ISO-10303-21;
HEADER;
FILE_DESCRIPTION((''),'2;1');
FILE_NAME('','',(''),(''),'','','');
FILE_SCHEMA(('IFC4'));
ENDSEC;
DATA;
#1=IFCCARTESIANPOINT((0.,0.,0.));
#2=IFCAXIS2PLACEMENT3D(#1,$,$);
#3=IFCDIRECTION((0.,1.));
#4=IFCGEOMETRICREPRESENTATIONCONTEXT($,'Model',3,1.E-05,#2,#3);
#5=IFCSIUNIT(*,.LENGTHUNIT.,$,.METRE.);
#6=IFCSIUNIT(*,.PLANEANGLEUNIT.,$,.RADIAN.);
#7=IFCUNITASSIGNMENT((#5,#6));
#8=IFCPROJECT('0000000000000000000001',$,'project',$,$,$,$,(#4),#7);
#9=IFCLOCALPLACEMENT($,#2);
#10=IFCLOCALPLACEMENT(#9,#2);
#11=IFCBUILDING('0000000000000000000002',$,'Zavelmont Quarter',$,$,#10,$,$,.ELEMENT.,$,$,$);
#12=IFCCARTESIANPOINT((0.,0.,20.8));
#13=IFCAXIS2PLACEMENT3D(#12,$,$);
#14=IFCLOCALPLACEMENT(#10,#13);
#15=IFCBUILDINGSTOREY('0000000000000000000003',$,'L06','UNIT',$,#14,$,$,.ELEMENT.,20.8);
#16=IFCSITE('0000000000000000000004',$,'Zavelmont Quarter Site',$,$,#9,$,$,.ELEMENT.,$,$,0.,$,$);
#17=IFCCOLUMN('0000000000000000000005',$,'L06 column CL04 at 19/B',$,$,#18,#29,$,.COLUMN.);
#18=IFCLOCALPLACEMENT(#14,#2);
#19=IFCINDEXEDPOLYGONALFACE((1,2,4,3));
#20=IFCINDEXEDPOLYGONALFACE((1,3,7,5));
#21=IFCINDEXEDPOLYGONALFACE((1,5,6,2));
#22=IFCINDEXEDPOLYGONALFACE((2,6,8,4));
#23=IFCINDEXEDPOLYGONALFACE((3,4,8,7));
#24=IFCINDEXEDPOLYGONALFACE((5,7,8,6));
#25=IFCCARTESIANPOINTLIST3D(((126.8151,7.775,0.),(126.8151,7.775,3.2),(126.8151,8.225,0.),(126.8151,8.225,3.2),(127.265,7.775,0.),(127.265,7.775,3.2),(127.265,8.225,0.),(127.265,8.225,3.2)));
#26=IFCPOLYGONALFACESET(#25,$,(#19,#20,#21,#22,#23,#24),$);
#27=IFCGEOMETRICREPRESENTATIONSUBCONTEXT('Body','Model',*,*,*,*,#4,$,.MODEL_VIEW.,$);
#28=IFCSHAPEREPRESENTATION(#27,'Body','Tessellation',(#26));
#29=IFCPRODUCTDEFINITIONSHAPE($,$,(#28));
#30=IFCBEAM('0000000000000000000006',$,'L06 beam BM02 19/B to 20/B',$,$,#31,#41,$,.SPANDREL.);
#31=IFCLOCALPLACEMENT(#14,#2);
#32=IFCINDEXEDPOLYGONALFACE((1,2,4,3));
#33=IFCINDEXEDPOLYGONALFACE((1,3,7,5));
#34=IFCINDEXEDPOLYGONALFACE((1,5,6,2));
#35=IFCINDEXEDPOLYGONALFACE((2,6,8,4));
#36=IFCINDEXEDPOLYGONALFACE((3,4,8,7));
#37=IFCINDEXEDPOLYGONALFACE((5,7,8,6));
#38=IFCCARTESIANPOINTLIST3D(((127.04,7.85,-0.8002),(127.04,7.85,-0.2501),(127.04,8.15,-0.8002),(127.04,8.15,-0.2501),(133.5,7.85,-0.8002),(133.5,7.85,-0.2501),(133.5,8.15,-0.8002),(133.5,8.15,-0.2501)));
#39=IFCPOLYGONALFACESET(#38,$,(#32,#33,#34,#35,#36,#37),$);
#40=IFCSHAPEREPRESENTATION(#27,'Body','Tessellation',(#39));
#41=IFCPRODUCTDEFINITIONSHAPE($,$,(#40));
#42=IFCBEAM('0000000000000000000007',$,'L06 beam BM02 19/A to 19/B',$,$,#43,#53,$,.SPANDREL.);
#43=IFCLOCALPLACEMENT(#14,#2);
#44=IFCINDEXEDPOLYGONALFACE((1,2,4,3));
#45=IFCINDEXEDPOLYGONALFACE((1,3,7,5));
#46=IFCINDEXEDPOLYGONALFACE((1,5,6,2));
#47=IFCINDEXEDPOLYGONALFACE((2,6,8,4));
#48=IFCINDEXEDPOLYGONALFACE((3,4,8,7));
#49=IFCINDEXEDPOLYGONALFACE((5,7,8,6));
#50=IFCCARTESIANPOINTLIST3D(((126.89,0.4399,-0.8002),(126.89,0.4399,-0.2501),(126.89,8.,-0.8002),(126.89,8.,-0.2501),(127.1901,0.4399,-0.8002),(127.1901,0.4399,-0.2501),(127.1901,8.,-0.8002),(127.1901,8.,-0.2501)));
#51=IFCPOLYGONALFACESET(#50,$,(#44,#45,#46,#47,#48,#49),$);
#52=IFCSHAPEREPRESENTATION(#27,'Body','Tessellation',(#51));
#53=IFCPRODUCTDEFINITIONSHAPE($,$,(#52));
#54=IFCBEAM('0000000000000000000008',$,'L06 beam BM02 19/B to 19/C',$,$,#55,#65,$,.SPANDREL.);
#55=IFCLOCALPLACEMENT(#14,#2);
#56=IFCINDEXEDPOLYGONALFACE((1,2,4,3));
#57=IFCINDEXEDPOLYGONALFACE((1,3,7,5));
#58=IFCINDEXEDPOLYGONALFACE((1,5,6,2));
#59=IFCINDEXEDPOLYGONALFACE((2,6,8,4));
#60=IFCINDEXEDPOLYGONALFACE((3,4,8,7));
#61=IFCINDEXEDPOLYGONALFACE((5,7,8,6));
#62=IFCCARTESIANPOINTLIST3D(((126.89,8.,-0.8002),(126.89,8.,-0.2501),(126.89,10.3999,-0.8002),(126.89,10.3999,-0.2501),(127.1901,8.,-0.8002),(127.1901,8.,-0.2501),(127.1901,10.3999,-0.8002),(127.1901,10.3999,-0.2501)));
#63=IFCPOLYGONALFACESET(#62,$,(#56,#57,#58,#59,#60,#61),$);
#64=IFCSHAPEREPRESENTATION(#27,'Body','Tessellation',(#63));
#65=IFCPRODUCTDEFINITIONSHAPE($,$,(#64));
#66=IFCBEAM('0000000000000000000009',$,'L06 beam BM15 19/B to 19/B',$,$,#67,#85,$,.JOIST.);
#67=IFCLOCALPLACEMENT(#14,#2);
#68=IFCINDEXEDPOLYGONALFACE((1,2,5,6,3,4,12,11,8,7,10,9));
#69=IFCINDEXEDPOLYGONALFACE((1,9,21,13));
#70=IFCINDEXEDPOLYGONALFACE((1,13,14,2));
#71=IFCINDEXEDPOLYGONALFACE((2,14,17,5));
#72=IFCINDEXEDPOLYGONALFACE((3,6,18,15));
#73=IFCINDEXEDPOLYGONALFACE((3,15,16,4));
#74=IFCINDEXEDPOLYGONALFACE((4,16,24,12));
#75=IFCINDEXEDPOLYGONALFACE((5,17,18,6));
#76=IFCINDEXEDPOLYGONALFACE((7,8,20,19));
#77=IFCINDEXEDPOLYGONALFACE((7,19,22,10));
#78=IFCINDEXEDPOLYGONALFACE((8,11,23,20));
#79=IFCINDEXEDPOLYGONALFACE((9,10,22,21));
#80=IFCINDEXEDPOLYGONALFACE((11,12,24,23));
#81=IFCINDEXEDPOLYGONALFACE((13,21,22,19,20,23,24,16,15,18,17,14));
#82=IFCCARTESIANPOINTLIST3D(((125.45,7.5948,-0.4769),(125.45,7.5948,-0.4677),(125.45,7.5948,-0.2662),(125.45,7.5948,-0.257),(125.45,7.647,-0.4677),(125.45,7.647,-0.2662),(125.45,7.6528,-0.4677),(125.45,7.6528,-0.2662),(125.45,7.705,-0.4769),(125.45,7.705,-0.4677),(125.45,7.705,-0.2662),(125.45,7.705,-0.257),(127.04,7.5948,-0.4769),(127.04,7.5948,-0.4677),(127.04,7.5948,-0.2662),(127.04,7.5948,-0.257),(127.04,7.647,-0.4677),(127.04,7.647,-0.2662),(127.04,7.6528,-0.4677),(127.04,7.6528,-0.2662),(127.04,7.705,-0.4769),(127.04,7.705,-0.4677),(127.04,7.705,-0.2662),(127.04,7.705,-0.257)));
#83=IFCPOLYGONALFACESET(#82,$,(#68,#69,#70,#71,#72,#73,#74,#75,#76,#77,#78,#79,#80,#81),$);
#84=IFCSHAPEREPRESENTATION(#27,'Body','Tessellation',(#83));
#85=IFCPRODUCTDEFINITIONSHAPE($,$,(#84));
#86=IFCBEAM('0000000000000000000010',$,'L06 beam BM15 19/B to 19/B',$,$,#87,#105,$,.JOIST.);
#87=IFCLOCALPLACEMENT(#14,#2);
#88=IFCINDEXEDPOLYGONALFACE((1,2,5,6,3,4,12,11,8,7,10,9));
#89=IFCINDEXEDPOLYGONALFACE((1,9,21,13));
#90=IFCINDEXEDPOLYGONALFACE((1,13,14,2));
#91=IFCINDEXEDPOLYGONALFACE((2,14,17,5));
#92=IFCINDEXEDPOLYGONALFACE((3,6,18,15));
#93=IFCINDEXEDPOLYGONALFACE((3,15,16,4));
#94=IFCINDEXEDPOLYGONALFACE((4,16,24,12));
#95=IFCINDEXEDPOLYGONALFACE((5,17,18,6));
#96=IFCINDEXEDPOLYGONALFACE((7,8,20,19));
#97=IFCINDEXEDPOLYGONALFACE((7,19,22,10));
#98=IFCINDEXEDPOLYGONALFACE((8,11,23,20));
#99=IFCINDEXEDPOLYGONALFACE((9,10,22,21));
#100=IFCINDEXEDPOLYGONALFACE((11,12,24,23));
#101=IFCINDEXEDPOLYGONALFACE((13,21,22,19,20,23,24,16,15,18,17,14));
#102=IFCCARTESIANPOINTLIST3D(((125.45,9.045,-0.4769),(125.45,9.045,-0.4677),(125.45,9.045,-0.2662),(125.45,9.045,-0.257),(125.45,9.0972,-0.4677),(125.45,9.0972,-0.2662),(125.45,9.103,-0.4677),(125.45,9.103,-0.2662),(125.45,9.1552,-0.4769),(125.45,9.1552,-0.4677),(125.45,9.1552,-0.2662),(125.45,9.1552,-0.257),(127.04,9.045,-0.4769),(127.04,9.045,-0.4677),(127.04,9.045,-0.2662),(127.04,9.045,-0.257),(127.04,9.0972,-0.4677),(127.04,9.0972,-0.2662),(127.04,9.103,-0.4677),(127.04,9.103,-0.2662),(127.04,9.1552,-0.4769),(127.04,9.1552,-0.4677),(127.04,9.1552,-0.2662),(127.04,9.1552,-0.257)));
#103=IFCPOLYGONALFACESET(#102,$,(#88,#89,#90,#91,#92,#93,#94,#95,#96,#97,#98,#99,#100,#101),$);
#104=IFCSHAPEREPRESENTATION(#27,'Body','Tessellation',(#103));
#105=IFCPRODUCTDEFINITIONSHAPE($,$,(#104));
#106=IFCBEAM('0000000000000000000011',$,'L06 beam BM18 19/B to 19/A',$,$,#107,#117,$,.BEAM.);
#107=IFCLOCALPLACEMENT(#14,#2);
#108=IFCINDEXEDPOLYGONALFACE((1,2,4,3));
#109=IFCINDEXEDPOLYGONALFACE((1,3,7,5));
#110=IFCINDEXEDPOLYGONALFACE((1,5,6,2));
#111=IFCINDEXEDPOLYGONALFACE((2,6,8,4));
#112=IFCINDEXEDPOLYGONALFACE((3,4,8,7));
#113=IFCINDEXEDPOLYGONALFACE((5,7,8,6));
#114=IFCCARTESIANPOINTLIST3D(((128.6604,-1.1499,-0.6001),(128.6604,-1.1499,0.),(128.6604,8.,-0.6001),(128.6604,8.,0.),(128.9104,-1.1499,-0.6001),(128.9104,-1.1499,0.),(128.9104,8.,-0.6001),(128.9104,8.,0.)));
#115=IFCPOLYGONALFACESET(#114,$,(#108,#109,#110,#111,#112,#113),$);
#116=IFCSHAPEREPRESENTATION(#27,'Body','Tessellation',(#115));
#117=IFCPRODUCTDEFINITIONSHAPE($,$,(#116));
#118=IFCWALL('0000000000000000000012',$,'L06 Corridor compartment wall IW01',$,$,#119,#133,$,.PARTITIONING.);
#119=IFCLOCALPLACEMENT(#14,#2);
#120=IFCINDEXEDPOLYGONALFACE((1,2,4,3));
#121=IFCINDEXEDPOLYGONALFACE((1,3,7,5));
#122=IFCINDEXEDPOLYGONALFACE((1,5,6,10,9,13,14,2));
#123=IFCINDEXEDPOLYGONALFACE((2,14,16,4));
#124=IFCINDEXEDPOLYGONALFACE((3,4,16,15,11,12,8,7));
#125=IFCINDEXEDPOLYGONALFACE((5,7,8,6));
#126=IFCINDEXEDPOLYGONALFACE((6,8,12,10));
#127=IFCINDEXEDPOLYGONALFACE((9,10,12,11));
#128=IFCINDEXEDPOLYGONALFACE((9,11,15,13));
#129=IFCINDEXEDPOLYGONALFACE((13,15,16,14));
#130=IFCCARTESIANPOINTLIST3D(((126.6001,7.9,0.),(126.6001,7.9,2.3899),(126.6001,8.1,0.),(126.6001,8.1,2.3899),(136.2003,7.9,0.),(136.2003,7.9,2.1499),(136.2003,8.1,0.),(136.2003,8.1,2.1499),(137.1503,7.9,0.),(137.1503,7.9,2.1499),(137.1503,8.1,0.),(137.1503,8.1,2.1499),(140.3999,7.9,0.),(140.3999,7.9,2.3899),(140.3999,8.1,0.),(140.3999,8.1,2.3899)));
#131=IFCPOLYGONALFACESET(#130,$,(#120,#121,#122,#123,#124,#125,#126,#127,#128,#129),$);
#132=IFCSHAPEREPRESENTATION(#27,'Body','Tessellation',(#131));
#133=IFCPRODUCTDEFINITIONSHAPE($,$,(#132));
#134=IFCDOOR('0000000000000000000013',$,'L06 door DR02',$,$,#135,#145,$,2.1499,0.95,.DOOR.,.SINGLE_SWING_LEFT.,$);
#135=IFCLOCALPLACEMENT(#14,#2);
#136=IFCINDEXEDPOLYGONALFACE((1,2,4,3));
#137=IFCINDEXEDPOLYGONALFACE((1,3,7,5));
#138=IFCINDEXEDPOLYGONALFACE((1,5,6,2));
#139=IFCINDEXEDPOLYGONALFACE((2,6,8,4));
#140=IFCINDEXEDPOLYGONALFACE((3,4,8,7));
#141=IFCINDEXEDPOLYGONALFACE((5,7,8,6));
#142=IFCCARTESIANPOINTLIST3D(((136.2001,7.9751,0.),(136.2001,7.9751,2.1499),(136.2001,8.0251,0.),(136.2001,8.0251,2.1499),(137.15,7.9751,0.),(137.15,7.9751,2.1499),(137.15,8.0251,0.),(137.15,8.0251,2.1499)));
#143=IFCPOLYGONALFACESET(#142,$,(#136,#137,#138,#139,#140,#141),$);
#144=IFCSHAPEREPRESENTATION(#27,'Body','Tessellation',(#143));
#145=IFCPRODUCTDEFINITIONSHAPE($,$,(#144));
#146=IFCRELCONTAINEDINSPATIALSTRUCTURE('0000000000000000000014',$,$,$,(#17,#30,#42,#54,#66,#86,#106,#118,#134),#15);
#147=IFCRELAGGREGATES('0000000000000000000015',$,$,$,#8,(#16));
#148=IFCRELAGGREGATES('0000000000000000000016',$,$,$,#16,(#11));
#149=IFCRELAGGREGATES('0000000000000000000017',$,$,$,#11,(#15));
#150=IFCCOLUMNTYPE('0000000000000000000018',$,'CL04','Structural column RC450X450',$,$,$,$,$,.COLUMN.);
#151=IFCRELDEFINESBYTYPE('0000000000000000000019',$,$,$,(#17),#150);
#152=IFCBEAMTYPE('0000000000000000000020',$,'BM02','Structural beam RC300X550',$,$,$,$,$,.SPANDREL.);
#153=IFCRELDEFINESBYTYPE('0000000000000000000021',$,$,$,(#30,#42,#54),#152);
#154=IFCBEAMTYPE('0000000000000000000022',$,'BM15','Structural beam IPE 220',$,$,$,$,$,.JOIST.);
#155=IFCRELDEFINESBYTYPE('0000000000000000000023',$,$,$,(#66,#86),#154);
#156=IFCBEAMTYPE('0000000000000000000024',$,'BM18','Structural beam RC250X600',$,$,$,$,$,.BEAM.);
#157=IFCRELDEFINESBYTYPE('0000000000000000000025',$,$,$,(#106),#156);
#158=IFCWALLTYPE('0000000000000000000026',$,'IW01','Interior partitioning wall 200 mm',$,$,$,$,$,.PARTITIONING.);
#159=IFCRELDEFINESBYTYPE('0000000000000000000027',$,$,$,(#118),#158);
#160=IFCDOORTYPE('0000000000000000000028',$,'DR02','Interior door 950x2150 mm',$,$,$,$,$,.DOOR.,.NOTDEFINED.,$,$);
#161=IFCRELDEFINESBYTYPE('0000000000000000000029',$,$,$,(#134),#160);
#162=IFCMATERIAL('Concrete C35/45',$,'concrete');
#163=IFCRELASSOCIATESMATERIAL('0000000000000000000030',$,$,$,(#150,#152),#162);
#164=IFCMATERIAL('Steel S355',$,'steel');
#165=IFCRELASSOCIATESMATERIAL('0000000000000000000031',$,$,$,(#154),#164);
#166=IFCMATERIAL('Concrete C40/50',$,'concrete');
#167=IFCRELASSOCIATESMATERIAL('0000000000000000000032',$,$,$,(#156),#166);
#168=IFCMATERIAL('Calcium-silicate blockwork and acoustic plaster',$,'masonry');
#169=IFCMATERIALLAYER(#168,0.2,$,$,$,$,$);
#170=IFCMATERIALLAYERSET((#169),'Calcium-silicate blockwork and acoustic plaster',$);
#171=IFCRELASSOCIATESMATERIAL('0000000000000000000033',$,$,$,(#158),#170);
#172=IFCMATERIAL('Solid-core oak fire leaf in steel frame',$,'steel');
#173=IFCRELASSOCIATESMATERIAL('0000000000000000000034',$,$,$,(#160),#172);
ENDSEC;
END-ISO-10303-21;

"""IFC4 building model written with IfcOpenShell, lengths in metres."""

from ifc_helpers import new_model, si_unit, direction, frame, frame_2d, origin, origin_2d, place, context, subcontext, project, spatial, rectangle, i_section, extrude, material, layer, layer_set, material_profile, profile_set, type_object, element, fill, save


model = new_model("IFC4")

# Units and contexts
model_context = context("Model", 3, precision=1e-05, world=origin(), true_north=direction((0.0, 1.0)))
body_context = subcontext(model_context, "Body", "Model", "MODEL_VIEW")
ifc_project = project(units=[si_unit("LENGTHUNIT", "METRE"), si_unit("PLANEANGLEUNIT", "RADIAN")], contexts=[model_context])

# Site, building, storey
site_placement = place(None, origin())
site = spatial("IfcSite", under=ifc_project, at=site_placement, Name="Zavelmont Quarter Site", CompositionType="ELEMENT", RefElevation=0.0)
building_placement = place(site_placement, origin())
building = spatial("IfcBuilding", under=site, at=building_placement, Name="Zavelmont Quarter", CompositionType="ELEMENT")
storey_placement = place(building_placement, frame((0.0, 0.0, 20.8)))
storey = spatial("IfcBuildingStorey", under=building, at=storey_placement, Name="L06", Description="UNIT", CompositionType="ELEMENT", Elevation=20.8)

# Column
ifc_material_1 = material(Name="Concrete C35/45", Category="concrete")
ifc_material_profile_1 = material_profile(ifc_material_1, rectangle(XDim=0.45, YDim=0.45, at=origin_2d()), Name="RC450X450")
ifc_profile_set_1 = profile_set([ifc_material_profile_1], Name="Concrete C35/45")
column_type = type_object("IfcColumnType", Name="CL04", Description="Structural column RC450X450", PredefinedType="COLUMN", material=ifc_profile_set_1)
column_placement = place(storey_placement, frame((127.04, 8.0, 0.0), z_axis=(0.0, 0.0, 1.0), x_axis=(1.0, 0.0, 0.0)))
element("IfcColumn", 1, at=column_placement, inside=storey, type_object=column_type, Name="L06 column CL04 at 19/B", PredefinedType="COLUMN", context=body_context, shape_type="SweptSolid", body=[
    extrude(rectangle(XDim=0.45, YDim=0.45, at=origin_2d()), origin(), (0.0, 0.0, 1.0), 3.2),
])

# Beams
ifc_material_profile_2 = material_profile(ifc_material_1, rectangle(XDim=0.3, YDim=0.55, at=origin_2d()), Name="RC300X550")
ifc_profile_set_2 = profile_set([ifc_material_profile_2], Name="Concrete C35/45")
beam_type_1 = type_object("IfcBeamType", Name="BM02", Description="Structural beam RC300X550", PredefinedType="SPANDREL", material=ifc_profile_set_2)
beam_1_placement = place(storey_placement, frame((127.04, 8.0, -0.5251), z_axis=(1.0, 0.0, 0.0), x_axis=(0.0, 1.0, 0.0)))
element("IfcBeam", 2, at=beam_1_placement, inside=storey, type_object=beam_type_1, Name="L06 beam BM02 19/B to 20/B", PredefinedType="SPANDREL", context=body_context, shape_type="SweptSolid", body=[
    extrude(rectangle(XDim=0.3, YDim=0.55, at=origin_2d()), origin(), (0.0, 0.0, 1.0), 6.46),
])
beam_2_placement = place(storey_placement, frame((127.04, 0.4399, -0.5251), z_axis=(0.0, 1.0, 0.0), x_axis=(-1.0, 0.0, 0.0)))
element("IfcBeam", 3, at=beam_2_placement, inside=storey, type_object=beam_type_1, Name="L06 beam BM02 19/A to 19/B", PredefinedType="SPANDREL", context=body_context, shape_type="SweptSolid", body=[
    extrude(rectangle(XDim=0.3, YDim=0.55, at=origin_2d()), origin(), (0.0, 0.0, 1.0), 7.5601),
])
beam_3_placement = place(storey_placement, frame((127.04, 8.0, -0.5251), z_axis=(0.0, 1.0, 0.0), x_axis=(-1.0, 0.0, 0.0)))
element("IfcBeam", 4, at=beam_3_placement, inside=storey, type_object=beam_type_1, Name="L06 beam BM02 19/B to 19/C", PredefinedType="SPANDREL", context=body_context, shape_type="SweptSolid", body=[
    extrude(rectangle(XDim=0.3, YDim=0.55, at=origin_2d()), origin(), (0.0, 0.0, 1.0), 2.3999),
])
ifc_material_2 = material(Name="Steel S355", Category="steel")
ifc_material_profile_3 = material_profile(ifc_material_2, i_section(OverallWidth=0.1101, OverallDepth=0.22, WebThickness=0.0059, FlangeThickness=0.0093, at=origin_2d()), Name="IPE 220")
ifc_profile_set_3 = profile_set([ifc_material_profile_3], Name="Steel S355")
beam_type_2 = type_object("IfcBeamType", Name="BM15", Description="Structural beam IPE 220", PredefinedType="JOIST", material=ifc_profile_set_3)
for number, where, z_axis, x_axis, name in (
    (5, (127.04, 7.6499, -0.3669), (-1.0, 0.0, 0.0), (0.0, -1.0, 0.0), "L06 beam BM15 19/B to 19/B"),
    (6, (127.04, 9.1001, -0.3669), (-1.0, 0.0, 0.0), (0.0, -1.0, 0.0), "L06 beam BM15 19/B to 19/B"),
):
    element("IfcBeam", number, at=place(storey_placement, frame(where, z_axis=z_axis, x_axis=x_axis)), inside=storey, type_object=beam_type_2, Name=name, PredefinedType="JOIST", context=body_context, shape_type="SweptSolid", body=[
        extrude(i_section(OverallWidth=0.1101, OverallDepth=0.22, WebThickness=0.0059, FlangeThickness=0.0093, at=origin_2d()), origin(), (0.0, 0.0, 1.0), 1.5901),
    ])
ifc_material_3 = material(Name="Concrete C40/50", Category="concrete")
ifc_material_profile_4 = material_profile(ifc_material_3, rectangle(XDim=0.25, YDim=0.6001, at=origin_2d()), Name="RC250X600")
ifc_profile_set_4 = profile_set([ifc_material_profile_4], Name="Concrete C40/50")
beam_type_3 = type_object("IfcBeamType", Name="BM18", Description="Structural beam RC250X600", PredefinedType="BEAM", material=ifc_profile_set_4)
beam_4_placement = place(storey_placement, frame((128.7854, 8.0, -0.3), z_axis=(0.0, -1.0, 0.0), x_axis=(1.0, 0.0, 0.0)))
element("IfcBeam", 7, at=beam_4_placement, inside=storey, type_object=beam_type_3, Name="L06 beam BM18 19/B to 19/A", PredefinedType="BEAM", context=body_context, shape_type="SweptSolid", body=[
    extrude(rectangle(XDim=0.25, YDim=0.6001, at=origin_2d()), origin(), (0.0, 0.0, 1.0), 9.1499),
])

# Wall, opening, door
ifc_material_4 = material(Name="Calcium-silicate blockwork and acoustic plaster", Category="masonry")
ifc_layer_1 = layer(ifc_material_4, 0.2)
ifc_layer_set_1 = layer_set([ifc_layer_1], Name="Calcium-silicate blockwork and acoustic plaster")
wall_type_1 = type_object("IfcWallType", Name="IW01", Description="Interior partitioning wall 200 mm", PredefinedType="PARTITIONING", material=ifc_layer_set_1)
wall_1_placement = place(storey_placement, frame((126.6001, 8.0, 0.0), z_axis=(0.0, 0.0, 1.0), x_axis=(1.0, 0.0, 0.0)))
wall_1 = element("IfcWall", 8, at=wall_1_placement, inside=storey, type_object=wall_type_1, Name="L06 Corridor compartment wall IW01", PredefinedType="PARTITIONING", context=body_context, shape_type="SweptSolid", body=[
    extrude(rectangle(XDim=13.7998, YDim=0.2, at=frame_2d((6.8999, 0.0))), origin(), (0.0, 0.0, 1.0), 2.3899),
])
opening_1_placement = place(wall_1_placement, frame((9.6001, 0.0, 0.0)))
opening_1 = element("IfcOpeningElement", 9, at=opening_1_placement, cuts=wall_1, PredefinedType="OPENING", context=body_context, shape_type="SweptSolid", body=[
    extrude(rectangle(XDim=0.95, YDim=2.1499, at=frame_2d((0.4751, 1.075))), frame((0.0, 0.1118, 0.0), z_axis=(0.0, -1.0, 0.0), x_axis=(1.0, 0.0, 0.0)), (0.0, 0.0, 1.0), 0.2239),
])
ifc_material_5 = material(Name="Solid-core oak fire leaf in steel frame", Category="steel")
door_type_1 = type_object("IfcDoorType", Name="DR02", Description="Interior door 950x2150 mm", OperationType="NOTDEFINED", PredefinedType="DOOR", material=ifc_material_5)
door_1_placement = place(opening_1_placement, frame((0.95, 0.0, 0.0), z_axis=(0.0, 0.0, 1.0), x_axis=(-1.0, 0.0, 0.0)))
door_1 = element("IfcDoor", 10, at=door_1_placement, inside=storey, type_object=door_type_1, Name="L06 door DR02", OperationType="SINGLE_SWING_LEFT", OverallHeight=2.1499, OverallWidth=0.95, PredefinedType="DOOR", context=body_context, shape_type="SweptSolid", body=[
    extrude(rectangle(XDim=0.95, YDim=2.1499, at=frame_2d((0.4751, 1.075))), frame((0.0, 0.0249, 0.0), z_axis=(0.0, -1.0, 0.0), x_axis=(1.0, 0.0, 0.0)), (0.0, 0.0, 1.0), 0.05),
])
fill(opening_1, door_1)

save(model, "model.ifc")
